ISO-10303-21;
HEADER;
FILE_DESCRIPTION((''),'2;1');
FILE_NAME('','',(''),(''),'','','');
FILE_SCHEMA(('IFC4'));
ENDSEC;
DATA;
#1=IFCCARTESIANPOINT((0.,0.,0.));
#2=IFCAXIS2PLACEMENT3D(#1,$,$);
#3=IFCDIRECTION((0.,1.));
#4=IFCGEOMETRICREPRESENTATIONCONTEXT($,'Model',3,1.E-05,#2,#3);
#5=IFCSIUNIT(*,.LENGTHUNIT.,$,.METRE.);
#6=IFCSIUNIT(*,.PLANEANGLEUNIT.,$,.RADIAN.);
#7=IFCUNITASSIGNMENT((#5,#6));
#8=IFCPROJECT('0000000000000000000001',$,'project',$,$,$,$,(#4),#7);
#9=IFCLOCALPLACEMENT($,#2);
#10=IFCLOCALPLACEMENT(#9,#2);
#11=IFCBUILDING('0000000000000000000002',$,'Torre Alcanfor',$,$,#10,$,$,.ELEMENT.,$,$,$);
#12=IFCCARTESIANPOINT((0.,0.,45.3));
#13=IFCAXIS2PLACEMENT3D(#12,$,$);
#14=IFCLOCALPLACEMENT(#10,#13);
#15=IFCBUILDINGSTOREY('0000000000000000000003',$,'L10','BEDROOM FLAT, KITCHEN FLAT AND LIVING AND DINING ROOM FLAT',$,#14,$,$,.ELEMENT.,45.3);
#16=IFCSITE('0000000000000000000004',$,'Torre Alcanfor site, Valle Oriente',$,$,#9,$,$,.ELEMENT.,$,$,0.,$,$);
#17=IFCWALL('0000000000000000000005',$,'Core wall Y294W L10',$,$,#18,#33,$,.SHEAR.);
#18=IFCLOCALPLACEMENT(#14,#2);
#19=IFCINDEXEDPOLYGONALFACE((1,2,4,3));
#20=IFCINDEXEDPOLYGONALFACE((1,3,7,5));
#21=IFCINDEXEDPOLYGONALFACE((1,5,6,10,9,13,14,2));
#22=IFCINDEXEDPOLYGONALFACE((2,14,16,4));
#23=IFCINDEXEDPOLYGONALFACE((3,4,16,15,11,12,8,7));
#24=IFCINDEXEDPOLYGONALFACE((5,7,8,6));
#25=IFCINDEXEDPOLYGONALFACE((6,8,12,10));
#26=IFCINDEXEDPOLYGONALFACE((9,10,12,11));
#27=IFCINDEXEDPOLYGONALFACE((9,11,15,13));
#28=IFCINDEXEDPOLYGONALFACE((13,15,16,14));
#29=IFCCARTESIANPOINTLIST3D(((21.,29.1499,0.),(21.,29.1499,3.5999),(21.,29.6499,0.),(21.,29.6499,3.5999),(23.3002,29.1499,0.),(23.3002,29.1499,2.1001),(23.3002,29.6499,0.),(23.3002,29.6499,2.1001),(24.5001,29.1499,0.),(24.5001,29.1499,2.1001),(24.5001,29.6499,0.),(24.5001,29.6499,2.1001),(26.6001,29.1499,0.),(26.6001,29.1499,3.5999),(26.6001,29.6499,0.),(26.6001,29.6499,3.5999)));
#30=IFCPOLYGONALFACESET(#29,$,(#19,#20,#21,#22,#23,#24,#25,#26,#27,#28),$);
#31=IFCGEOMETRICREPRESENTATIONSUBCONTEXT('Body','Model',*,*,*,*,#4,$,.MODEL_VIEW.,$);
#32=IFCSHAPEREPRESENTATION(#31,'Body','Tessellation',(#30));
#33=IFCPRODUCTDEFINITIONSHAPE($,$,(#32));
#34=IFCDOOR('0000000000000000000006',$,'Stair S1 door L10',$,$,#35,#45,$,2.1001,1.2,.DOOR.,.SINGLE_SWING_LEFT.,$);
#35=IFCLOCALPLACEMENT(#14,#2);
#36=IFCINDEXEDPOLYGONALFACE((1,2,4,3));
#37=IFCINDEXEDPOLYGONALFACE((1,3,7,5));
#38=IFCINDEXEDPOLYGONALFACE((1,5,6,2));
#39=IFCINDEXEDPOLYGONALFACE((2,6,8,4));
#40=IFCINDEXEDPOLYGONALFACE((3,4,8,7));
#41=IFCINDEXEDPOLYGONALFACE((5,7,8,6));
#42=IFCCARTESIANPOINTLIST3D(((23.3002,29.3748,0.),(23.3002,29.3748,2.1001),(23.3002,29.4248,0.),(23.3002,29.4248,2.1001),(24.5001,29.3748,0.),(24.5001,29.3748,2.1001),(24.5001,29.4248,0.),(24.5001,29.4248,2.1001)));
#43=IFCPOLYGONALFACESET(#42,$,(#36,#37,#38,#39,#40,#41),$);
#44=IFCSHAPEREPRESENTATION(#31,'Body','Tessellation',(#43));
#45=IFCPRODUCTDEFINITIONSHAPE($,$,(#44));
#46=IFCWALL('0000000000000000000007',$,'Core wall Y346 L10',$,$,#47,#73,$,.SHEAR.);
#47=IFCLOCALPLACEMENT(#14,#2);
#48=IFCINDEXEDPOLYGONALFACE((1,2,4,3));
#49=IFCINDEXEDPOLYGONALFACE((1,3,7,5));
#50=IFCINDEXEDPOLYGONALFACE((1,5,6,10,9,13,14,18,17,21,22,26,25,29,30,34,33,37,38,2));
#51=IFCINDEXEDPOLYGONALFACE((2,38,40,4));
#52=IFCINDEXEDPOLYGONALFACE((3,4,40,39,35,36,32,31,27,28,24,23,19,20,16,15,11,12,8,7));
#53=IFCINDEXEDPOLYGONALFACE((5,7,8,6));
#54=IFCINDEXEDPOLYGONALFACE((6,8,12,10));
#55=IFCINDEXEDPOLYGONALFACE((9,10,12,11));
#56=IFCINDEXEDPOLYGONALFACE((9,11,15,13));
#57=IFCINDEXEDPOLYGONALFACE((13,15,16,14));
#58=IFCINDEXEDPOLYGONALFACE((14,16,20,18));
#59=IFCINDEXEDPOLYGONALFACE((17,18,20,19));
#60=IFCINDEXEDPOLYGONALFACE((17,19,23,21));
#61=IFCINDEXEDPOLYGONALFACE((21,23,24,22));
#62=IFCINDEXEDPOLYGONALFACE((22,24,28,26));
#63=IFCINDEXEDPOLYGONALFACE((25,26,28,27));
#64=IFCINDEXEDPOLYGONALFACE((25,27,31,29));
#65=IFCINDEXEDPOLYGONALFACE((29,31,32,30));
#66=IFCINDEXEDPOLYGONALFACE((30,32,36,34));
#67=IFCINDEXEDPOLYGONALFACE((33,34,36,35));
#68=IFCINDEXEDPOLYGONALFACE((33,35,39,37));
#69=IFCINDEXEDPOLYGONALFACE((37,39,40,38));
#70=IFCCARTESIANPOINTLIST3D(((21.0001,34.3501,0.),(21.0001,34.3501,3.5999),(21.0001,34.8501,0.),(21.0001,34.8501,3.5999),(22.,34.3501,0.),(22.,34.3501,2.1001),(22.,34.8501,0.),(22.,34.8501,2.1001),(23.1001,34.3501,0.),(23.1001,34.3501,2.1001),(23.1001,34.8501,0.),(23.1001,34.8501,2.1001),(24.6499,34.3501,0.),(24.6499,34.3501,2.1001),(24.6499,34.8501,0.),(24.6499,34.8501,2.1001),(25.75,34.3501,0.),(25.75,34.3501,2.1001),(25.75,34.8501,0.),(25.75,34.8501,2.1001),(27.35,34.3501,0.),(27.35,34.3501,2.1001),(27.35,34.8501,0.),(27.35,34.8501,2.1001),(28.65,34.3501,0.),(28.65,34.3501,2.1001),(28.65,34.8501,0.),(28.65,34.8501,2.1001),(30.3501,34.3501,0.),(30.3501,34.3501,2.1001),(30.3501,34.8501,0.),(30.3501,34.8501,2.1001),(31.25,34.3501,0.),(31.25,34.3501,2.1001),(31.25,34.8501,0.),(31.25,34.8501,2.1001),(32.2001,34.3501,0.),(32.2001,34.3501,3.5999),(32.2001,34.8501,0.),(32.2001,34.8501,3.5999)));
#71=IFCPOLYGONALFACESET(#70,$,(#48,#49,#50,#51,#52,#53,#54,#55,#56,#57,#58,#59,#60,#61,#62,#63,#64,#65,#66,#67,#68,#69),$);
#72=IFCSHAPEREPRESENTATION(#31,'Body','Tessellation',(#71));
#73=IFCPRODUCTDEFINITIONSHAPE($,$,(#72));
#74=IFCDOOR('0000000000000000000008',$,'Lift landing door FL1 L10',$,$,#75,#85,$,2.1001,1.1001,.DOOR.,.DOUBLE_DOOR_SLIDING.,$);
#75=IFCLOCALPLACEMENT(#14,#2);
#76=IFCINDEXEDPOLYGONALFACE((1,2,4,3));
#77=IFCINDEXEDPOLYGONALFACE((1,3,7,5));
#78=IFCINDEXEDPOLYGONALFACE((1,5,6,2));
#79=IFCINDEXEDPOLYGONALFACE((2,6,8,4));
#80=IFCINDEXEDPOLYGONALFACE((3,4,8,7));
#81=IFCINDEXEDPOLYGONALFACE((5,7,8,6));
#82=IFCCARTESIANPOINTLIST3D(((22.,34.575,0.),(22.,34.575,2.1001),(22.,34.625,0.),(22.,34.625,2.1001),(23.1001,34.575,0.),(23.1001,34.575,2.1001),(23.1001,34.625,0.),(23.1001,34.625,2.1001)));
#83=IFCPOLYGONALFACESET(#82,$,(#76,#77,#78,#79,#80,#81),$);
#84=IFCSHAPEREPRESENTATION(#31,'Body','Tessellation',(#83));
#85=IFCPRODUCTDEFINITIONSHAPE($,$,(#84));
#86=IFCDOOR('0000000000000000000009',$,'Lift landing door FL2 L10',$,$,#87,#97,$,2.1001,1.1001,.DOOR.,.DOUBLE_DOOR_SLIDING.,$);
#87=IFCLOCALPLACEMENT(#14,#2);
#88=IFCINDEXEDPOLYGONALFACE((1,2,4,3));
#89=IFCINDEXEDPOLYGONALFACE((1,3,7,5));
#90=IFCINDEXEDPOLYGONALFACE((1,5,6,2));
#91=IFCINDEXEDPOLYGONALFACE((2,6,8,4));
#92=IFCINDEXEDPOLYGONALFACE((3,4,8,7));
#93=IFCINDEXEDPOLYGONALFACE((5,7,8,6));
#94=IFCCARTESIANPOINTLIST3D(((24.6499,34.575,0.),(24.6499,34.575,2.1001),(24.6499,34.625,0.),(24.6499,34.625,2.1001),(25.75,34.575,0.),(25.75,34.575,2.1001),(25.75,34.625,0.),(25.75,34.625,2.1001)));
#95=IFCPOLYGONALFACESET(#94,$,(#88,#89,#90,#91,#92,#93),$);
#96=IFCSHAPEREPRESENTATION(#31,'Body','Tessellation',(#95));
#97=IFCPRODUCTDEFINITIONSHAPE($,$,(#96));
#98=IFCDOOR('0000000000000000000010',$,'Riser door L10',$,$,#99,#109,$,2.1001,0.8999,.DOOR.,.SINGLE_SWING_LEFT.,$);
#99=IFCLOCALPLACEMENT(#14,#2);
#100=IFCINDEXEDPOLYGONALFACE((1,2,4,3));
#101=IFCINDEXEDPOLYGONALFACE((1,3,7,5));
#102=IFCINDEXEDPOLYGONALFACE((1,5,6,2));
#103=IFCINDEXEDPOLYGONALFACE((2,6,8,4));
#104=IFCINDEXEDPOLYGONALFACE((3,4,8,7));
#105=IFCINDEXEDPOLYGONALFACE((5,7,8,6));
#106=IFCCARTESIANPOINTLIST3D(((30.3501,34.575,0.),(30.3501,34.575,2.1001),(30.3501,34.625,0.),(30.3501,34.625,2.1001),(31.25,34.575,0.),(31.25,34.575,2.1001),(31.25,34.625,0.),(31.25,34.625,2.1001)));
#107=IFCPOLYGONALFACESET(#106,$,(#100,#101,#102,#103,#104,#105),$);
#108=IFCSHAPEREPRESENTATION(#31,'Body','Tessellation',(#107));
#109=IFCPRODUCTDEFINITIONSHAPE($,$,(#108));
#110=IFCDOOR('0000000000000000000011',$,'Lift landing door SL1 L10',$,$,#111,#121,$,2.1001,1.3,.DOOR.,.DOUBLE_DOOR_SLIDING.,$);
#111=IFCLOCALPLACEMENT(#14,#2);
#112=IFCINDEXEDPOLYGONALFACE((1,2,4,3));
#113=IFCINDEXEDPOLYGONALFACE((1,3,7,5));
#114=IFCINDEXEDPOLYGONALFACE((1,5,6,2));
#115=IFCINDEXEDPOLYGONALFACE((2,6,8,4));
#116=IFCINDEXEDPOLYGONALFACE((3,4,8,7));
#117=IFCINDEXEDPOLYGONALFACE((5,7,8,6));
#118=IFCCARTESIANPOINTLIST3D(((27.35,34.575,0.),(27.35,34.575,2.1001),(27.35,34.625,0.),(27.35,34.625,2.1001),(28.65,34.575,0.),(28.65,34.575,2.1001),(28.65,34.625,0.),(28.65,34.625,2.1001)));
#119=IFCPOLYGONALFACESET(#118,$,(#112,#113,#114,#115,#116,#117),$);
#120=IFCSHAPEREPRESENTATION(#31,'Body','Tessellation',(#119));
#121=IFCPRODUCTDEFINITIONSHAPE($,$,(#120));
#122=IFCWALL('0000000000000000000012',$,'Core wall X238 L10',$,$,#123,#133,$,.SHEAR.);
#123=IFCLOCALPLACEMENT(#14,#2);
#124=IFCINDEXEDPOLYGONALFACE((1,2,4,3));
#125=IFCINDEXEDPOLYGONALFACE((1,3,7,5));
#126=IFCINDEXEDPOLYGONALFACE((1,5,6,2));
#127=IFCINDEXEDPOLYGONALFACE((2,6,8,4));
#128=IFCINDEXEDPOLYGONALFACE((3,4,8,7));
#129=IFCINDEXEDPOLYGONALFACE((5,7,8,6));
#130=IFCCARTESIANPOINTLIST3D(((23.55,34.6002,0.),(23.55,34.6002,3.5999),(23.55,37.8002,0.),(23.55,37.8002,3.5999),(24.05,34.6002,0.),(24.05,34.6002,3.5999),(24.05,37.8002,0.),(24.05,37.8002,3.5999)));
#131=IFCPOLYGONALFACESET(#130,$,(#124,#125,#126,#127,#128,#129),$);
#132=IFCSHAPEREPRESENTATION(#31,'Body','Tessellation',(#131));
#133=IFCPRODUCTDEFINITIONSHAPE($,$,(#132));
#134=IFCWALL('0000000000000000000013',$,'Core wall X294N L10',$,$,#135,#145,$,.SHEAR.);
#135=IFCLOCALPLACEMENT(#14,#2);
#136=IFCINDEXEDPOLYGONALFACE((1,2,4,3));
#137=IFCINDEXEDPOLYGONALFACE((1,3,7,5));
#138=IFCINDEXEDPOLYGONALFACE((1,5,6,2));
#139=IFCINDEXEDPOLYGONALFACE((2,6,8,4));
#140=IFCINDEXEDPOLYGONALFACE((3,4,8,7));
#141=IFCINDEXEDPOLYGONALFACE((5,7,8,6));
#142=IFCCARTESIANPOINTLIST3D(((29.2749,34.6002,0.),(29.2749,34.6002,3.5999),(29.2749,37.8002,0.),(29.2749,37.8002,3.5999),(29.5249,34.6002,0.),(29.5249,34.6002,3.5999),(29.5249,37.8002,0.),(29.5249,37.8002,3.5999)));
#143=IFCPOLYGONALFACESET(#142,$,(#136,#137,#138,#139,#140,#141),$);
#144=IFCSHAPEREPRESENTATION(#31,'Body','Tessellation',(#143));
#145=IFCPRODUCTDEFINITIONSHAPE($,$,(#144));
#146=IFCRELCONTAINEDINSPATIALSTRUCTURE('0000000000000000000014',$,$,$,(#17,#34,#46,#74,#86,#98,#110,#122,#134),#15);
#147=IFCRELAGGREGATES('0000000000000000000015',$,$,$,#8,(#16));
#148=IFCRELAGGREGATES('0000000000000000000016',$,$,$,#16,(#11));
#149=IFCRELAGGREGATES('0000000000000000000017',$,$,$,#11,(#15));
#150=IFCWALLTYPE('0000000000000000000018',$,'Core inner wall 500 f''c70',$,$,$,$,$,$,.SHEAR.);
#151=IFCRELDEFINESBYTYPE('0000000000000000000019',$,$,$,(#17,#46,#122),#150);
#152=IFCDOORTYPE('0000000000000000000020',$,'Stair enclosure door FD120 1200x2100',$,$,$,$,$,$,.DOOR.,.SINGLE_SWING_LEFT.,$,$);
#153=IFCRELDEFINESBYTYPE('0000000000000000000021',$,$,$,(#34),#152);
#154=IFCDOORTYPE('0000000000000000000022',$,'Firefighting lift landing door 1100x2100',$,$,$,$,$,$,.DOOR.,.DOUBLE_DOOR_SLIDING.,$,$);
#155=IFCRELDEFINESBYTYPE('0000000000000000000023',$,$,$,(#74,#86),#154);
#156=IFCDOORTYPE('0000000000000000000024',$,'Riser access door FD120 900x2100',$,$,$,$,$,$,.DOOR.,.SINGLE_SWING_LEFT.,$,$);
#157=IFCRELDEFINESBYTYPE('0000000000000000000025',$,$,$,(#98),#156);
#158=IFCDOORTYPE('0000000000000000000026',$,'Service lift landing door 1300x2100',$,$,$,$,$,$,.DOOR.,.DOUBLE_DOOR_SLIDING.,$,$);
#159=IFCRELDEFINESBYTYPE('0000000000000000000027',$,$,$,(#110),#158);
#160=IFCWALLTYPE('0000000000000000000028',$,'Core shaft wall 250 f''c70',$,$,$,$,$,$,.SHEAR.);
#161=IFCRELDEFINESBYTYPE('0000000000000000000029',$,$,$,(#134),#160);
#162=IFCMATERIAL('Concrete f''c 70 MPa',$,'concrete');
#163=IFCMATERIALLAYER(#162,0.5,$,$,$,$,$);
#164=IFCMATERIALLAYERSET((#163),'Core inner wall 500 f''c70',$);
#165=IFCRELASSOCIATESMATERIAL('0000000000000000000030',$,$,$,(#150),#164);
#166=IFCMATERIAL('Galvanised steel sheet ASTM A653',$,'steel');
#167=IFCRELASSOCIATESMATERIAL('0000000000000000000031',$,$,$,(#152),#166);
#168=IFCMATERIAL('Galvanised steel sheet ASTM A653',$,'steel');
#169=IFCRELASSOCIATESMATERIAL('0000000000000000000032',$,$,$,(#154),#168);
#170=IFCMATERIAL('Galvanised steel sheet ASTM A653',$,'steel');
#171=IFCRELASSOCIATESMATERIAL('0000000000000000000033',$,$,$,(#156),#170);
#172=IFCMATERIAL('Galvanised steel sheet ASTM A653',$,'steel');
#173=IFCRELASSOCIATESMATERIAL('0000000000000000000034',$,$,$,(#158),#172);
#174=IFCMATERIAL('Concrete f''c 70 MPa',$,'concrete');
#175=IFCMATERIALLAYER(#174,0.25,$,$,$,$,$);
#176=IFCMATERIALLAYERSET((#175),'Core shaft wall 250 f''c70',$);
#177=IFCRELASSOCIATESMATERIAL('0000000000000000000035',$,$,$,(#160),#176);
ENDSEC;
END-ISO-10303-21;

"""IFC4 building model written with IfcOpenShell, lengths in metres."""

from ifc_helpers import new_model, si_unit, direction, frame, frame_2d, origin, place, context, subcontext, project, spatial, rectangle, extrude, material, layer, layer_set, type_object, element, fill, save


model = new_model("IFC4")

# Units and contexts
model_context = context("Model", 3, precision=1e-05, world=origin(), true_north=direction((0.0, 1.0)))
body_context = subcontext(model_context, "Body", "Model", "MODEL_VIEW")
ifc_project = project(units=[si_unit("LENGTHUNIT", "METRE"), si_unit("PLANEANGLEUNIT", "RADIAN")], contexts=[model_context])

# Site, building, storey
site_placement = place(None, origin())
site = spatial("IfcSite", under=ifc_project, at=site_placement, Name="Torre Alcanfor site, Valle Oriente", CompositionType="ELEMENT", RefElevation=0.0)
building_placement = place(site_placement, origin())
building = spatial("IfcBuilding", under=site, at=building_placement, Name="Torre Alcanfor", CompositionType="ELEMENT")
storey_placement = place(building_placement, frame((0.0, 0.0, 45.3)))
storey = spatial("IfcBuildingStorey", under=building, at=storey_placement, Name="L10", Description="BEDROOM FLAT, KITCHEN FLAT AND LIVING AND DINING ROOM FLAT", CompositionType="ELEMENT", Elevation=45.3)

# Wall, opening, door
ifc_material_1 = material(Name="Concrete f'c 70 MPa", Category="concrete")
ifc_layer_1 = layer(ifc_material_1, 0.5)
ifc_layer_set_1 = layer_set([ifc_layer_1], Name="Core inner wall 500 f'c70")
wall_type_1 = type_object("IfcWallType", Name="Core inner wall 500 f'c70", PredefinedType="SHEAR", material=ifc_layer_set_1)
wall_1_placement = place(storey_placement, frame((21.0, 29.3999, 0.0), z_axis=(0.0, 0.0, 1.0), x_axis=(1.0, 0.0, 0.0)))
wall_1 = element("IfcWall", 1, at=wall_1_placement, inside=storey, type_object=wall_type_1, Name="Core wall Y294W L10", PredefinedType="SHEAR", context=body_context, shape_type="SweptSolid", body=[
    extrude(rectangle(XDim=5.6001, YDim=0.5, at=frame_2d((2.8, 0.0))), origin(), (0.0, 0.0, 1.0), 3.5999),
])
opening_1_placement = place(wall_1_placement, frame((2.3, 0.0, 0.0)))
opening_1 = element("IfcOpeningElement", 2, at=opening_1_placement, cuts=wall_1, PredefinedType="OPENING", context=body_context, shape_type="SweptSolid", body=[
    extrude(rectangle(XDim=1.2, YDim=2.1001, at=frame_2d((0.6001, 1.05))), frame((0.0, 0.26, 0.0), z_axis=(0.0, -1.0, 0.0), x_axis=(1.0, 0.0, 0.0)), (0.0, 0.0, 1.0), 0.52),
])
ifc_material_2 = material(Name="Galvanised steel sheet ASTM A653", Category="steel")
door_type_1 = type_object("IfcDoorType", Name="Stair enclosure door FD120 1200x2100", OperationType="SINGLE_SWING_LEFT", PredefinedType="DOOR", material=ifc_material_2)
door_1_placement = place(opening_1_placement, frame((1.2, 0.0, 0.0), z_axis=(0.0, 0.0, 1.0), x_axis=(-1.0, 0.0, 0.0)))
door_1 = element("IfcDoor", 3, at=door_1_placement, inside=storey, type_object=door_type_1, Name="Stair S1 door L10", OperationType="SINGLE_SWING_LEFT", OverallHeight=2.1001, OverallWidth=1.2, PredefinedType="DOOR", context=body_context, shape_type="SweptSolid", body=[
    extrude(rectangle(XDim=1.2, YDim=2.1001, at=frame_2d((0.5999, 1.05))), frame((0.0, 0.0251, 0.0), z_axis=(0.0, -1.0, 0.0), x_axis=(1.0, 0.0, 0.0)), (0.0, 0.0, 1.0), 0.05),
])
fill(opening_1, door_1)

# Wall, openings, doors
wall_2_placement = place(storey_placement, frame((21.0, 34.6001, 0.0), z_axis=(0.0, 0.0, 1.0), x_axis=(1.0, 0.0, 0.0)))
wall_2 = element("IfcWall", 4, at=wall_2_placement, inside=storey, type_object=wall_type_1, Name="Core wall Y346 L10", PredefinedType="SHEAR", context=body_context, shape_type="SweptSolid", body=[
    extrude(rectangle(XDim=11.2, YDim=0.5, at=frame_2d((5.6001, 0.0))), origin(), (0.0, 0.0, 1.0), 3.5999),
])
opening_2_placement = place(wall_2_placement, frame((9.3501, 0.0, 0.0)))
opening_2 = element("IfcOpeningElement", 5, at=opening_2_placement, cuts=wall_2, PredefinedType="OPENING", context=body_context, shape_type="SweptSolid", body=[
    extrude(rectangle(XDim=0.8999, YDim=2.1001, at=frame_2d((0.45, 1.05))), frame((0.0, 0.26, 0.0), z_axis=(0.0, -1.0, 0.0), x_axis=(1.0, 0.0, 0.0)), (0.0, 0.0, 1.0), 0.52),
])
opening_3_placement = place(wall_2_placement, frame((1.0, 0.0, 0.0)))
opening_3 = element("IfcOpeningElement", 6, at=opening_3_placement, cuts=wall_2, PredefinedType="OPENING", context=body_context, shape_type="SweptSolid", body=[
    extrude(rectangle(XDim=1.1001, YDim=2.1001, at=frame_2d((0.55, 1.05))), frame((0.0, 0.26, 0.0), z_axis=(0.0, -1.0, 0.0), x_axis=(1.0, 0.0, 0.0)), (0.0, 0.0, 1.0), 0.52),
])
opening_4_placement = place(wall_2_placement, frame((3.6499, 0.0, 0.0)))
opening_4 = element("IfcOpeningElement", 7, at=opening_4_placement, cuts=wall_2, PredefinedType="OPENING", context=body_context, shape_type="SweptSolid", body=[
    extrude(rectangle(XDim=1.1001, YDim=2.1001, at=frame_2d((0.55, 1.05))), frame((0.0, 0.26, 0.0), z_axis=(0.0, -1.0, 0.0), x_axis=(1.0, 0.0, 0.0)), (0.0, 0.0, 1.0), 0.52),
])
opening_5_placement = place(wall_2_placement, frame((6.3501, 0.0, 0.0)))
opening_5 = element("IfcOpeningElement", 8, at=opening_5_placement, cuts=wall_2, PredefinedType="OPENING", context=body_context, shape_type="SweptSolid", body=[
    extrude(rectangle(XDim=1.3, YDim=2.1001, at=frame_2d((0.6499, 1.05))), frame((0.0, 0.26, 0.0), z_axis=(0.0, -1.0, 0.0), x_axis=(1.0, 0.0, 0.0)), (0.0, 0.0, 1.0), 0.52),
])
ifc_material_3 = material(Name="Galvanised steel sheet ASTM A653", Category="steel")
door_type_2 = type_object("IfcDoorType", Name="Firefighting lift landing door 1100x2100", OperationType="DOUBLE_DOOR_SLIDING", PredefinedType="DOOR", material=ifc_material_3)
door_2_placement = place(opening_3_placement, origin())
door_2 = element("IfcDoor", 9, at=door_2_placement, inside=storey, type_object=door_type_2, Name="Lift landing door FL1 L10", OperationType="DOUBLE_DOOR_SLIDING", OverallHeight=2.1001, OverallWidth=1.1001, PredefinedType="DOOR", context=body_context, shape_type="SweptSolid", body=[
    extrude(rectangle(XDim=1.1001, YDim=2.1001, at=frame_2d((0.55, 1.05))), frame((0.0, 0.0249, 0.0), z_axis=(0.0, -1.0, 0.0), x_axis=(1.0, 0.0, 0.0)), (0.0, 0.0, 1.0), 0.05),
])
fill(opening_3, door_2)
door_3_placement = place(opening_4_placement, origin())
door_3 = element("IfcDoor", 10, at=door_3_placement, inside=storey, type_object=door_type_2, Name="Lift landing door FL2 L10", OperationType="DOUBLE_DOOR_SLIDING", OverallHeight=2.1001, OverallWidth=1.1001, PredefinedType="DOOR", context=body_context, shape_type="SweptSolid", body=[
    extrude(rectangle(XDim=1.1001, YDim=2.1001, at=frame_2d((0.55, 1.05))), frame((0.0, 0.0249, 0.0), z_axis=(0.0, -1.0, 0.0), x_axis=(1.0, 0.0, 0.0)), (0.0, 0.0, 1.0), 0.05),
])
fill(opening_4, door_3)
ifc_material_4 = material(Name="Galvanised steel sheet ASTM A653", Category="steel")
door_type_3 = type_object("IfcDoorType", Name="Riser access door FD120 900x2100", OperationType="SINGLE_SWING_LEFT", PredefinedType="DOOR", material=ifc_material_4)
door_4_placement = place(opening_2_placement, origin())
door_4 = element("IfcDoor", 11, at=door_4_placement, inside=storey, type_object=door_type_3, Name="Riser door L10", OperationType="SINGLE_SWING_LEFT", OverallHeight=2.1001, OverallWidth=0.8999, PredefinedType="DOOR", context=body_context, shape_type="SweptSolid", body=[
    extrude(rectangle(XDim=0.8999, YDim=2.1001, at=frame_2d((0.45, 1.05))), frame((0.0, 0.0249, 0.0), z_axis=(0.0, -1.0, 0.0), x_axis=(1.0, 0.0, 0.0)), (0.0, 0.0, 1.0), 0.05),
])
fill(opening_2, door_4)
ifc_material_5 = material(Name="Galvanised steel sheet ASTM A653", Category="steel")
door_type_4 = type_object("IfcDoorType", Name="Service lift landing door 1300x2100", OperationType="DOUBLE_DOOR_SLIDING", PredefinedType="DOOR", material=ifc_material_5)
door_5_placement = place(opening_5_placement, origin())
door_5 = element("IfcDoor", 12, at=door_5_placement, inside=storey, type_object=door_type_4, Name="Lift landing door SL1 L10", OperationType="DOUBLE_DOOR_SLIDING", OverallHeight=2.1001, OverallWidth=1.3, PredefinedType="DOOR", context=body_context, shape_type="SweptSolid", body=[
    extrude(rectangle(XDim=1.3, YDim=2.1001, at=frame_2d((0.6499, 1.05))), frame((0.0, 0.0249, 0.0), z_axis=(0.0, -1.0, 0.0), x_axis=(1.0, 0.0, 0.0)), (0.0, 0.0, 1.0), 0.05),
])
fill(opening_5, door_5)

# Walls
wall_3_placement = place(storey_placement, frame((23.8, 34.6001, 0.0), z_axis=(0.0, 0.0, 1.0), x_axis=(0.0, 1.0, 0.0)))
element("IfcWall", 13, at=wall_3_placement, inside=storey, type_object=wall_type_1, Name="Core wall X238 L10", PredefinedType="SHEAR", context=body_context, shape_type="SweptSolid", body=[
    extrude(rectangle(XDim=3.2, YDim=0.5, at=frame_2d((1.6001, 0.0))), origin(), (0.0, 0.0, 1.0), 3.5999),
])
ifc_material_6 = material(Name="Concrete f'c 70 MPa", Category="concrete")
ifc_layer_2 = layer(ifc_material_6, 0.25)
ifc_layer_set_2 = layer_set([ifc_layer_2], Name="Core shaft wall 250 f'c70")
wall_type_2 = type_object("IfcWallType", Name="Core shaft wall 250 f'c70", PredefinedType="SHEAR", material=ifc_layer_set_2)
wall_4_placement = place(storey_placement, frame((29.3999, 34.6001, 0.0), z_axis=(0.0, 0.0, 1.0), x_axis=(0.0, 1.0, 0.0)))
element("IfcWall", 14, at=wall_4_placement, inside=storey, type_object=wall_type_2, Name="Core wall X294N L10", PredefinedType="SHEAR", context=body_context, shape_type="SweptSolid", body=[
    extrude(rectangle(XDim=3.2, YDim=0.25, at=frame_2d((1.6001, 0.0))), origin(), (0.0, 0.0, 1.0), 3.5999),
])

save(model, "model.ifc")
